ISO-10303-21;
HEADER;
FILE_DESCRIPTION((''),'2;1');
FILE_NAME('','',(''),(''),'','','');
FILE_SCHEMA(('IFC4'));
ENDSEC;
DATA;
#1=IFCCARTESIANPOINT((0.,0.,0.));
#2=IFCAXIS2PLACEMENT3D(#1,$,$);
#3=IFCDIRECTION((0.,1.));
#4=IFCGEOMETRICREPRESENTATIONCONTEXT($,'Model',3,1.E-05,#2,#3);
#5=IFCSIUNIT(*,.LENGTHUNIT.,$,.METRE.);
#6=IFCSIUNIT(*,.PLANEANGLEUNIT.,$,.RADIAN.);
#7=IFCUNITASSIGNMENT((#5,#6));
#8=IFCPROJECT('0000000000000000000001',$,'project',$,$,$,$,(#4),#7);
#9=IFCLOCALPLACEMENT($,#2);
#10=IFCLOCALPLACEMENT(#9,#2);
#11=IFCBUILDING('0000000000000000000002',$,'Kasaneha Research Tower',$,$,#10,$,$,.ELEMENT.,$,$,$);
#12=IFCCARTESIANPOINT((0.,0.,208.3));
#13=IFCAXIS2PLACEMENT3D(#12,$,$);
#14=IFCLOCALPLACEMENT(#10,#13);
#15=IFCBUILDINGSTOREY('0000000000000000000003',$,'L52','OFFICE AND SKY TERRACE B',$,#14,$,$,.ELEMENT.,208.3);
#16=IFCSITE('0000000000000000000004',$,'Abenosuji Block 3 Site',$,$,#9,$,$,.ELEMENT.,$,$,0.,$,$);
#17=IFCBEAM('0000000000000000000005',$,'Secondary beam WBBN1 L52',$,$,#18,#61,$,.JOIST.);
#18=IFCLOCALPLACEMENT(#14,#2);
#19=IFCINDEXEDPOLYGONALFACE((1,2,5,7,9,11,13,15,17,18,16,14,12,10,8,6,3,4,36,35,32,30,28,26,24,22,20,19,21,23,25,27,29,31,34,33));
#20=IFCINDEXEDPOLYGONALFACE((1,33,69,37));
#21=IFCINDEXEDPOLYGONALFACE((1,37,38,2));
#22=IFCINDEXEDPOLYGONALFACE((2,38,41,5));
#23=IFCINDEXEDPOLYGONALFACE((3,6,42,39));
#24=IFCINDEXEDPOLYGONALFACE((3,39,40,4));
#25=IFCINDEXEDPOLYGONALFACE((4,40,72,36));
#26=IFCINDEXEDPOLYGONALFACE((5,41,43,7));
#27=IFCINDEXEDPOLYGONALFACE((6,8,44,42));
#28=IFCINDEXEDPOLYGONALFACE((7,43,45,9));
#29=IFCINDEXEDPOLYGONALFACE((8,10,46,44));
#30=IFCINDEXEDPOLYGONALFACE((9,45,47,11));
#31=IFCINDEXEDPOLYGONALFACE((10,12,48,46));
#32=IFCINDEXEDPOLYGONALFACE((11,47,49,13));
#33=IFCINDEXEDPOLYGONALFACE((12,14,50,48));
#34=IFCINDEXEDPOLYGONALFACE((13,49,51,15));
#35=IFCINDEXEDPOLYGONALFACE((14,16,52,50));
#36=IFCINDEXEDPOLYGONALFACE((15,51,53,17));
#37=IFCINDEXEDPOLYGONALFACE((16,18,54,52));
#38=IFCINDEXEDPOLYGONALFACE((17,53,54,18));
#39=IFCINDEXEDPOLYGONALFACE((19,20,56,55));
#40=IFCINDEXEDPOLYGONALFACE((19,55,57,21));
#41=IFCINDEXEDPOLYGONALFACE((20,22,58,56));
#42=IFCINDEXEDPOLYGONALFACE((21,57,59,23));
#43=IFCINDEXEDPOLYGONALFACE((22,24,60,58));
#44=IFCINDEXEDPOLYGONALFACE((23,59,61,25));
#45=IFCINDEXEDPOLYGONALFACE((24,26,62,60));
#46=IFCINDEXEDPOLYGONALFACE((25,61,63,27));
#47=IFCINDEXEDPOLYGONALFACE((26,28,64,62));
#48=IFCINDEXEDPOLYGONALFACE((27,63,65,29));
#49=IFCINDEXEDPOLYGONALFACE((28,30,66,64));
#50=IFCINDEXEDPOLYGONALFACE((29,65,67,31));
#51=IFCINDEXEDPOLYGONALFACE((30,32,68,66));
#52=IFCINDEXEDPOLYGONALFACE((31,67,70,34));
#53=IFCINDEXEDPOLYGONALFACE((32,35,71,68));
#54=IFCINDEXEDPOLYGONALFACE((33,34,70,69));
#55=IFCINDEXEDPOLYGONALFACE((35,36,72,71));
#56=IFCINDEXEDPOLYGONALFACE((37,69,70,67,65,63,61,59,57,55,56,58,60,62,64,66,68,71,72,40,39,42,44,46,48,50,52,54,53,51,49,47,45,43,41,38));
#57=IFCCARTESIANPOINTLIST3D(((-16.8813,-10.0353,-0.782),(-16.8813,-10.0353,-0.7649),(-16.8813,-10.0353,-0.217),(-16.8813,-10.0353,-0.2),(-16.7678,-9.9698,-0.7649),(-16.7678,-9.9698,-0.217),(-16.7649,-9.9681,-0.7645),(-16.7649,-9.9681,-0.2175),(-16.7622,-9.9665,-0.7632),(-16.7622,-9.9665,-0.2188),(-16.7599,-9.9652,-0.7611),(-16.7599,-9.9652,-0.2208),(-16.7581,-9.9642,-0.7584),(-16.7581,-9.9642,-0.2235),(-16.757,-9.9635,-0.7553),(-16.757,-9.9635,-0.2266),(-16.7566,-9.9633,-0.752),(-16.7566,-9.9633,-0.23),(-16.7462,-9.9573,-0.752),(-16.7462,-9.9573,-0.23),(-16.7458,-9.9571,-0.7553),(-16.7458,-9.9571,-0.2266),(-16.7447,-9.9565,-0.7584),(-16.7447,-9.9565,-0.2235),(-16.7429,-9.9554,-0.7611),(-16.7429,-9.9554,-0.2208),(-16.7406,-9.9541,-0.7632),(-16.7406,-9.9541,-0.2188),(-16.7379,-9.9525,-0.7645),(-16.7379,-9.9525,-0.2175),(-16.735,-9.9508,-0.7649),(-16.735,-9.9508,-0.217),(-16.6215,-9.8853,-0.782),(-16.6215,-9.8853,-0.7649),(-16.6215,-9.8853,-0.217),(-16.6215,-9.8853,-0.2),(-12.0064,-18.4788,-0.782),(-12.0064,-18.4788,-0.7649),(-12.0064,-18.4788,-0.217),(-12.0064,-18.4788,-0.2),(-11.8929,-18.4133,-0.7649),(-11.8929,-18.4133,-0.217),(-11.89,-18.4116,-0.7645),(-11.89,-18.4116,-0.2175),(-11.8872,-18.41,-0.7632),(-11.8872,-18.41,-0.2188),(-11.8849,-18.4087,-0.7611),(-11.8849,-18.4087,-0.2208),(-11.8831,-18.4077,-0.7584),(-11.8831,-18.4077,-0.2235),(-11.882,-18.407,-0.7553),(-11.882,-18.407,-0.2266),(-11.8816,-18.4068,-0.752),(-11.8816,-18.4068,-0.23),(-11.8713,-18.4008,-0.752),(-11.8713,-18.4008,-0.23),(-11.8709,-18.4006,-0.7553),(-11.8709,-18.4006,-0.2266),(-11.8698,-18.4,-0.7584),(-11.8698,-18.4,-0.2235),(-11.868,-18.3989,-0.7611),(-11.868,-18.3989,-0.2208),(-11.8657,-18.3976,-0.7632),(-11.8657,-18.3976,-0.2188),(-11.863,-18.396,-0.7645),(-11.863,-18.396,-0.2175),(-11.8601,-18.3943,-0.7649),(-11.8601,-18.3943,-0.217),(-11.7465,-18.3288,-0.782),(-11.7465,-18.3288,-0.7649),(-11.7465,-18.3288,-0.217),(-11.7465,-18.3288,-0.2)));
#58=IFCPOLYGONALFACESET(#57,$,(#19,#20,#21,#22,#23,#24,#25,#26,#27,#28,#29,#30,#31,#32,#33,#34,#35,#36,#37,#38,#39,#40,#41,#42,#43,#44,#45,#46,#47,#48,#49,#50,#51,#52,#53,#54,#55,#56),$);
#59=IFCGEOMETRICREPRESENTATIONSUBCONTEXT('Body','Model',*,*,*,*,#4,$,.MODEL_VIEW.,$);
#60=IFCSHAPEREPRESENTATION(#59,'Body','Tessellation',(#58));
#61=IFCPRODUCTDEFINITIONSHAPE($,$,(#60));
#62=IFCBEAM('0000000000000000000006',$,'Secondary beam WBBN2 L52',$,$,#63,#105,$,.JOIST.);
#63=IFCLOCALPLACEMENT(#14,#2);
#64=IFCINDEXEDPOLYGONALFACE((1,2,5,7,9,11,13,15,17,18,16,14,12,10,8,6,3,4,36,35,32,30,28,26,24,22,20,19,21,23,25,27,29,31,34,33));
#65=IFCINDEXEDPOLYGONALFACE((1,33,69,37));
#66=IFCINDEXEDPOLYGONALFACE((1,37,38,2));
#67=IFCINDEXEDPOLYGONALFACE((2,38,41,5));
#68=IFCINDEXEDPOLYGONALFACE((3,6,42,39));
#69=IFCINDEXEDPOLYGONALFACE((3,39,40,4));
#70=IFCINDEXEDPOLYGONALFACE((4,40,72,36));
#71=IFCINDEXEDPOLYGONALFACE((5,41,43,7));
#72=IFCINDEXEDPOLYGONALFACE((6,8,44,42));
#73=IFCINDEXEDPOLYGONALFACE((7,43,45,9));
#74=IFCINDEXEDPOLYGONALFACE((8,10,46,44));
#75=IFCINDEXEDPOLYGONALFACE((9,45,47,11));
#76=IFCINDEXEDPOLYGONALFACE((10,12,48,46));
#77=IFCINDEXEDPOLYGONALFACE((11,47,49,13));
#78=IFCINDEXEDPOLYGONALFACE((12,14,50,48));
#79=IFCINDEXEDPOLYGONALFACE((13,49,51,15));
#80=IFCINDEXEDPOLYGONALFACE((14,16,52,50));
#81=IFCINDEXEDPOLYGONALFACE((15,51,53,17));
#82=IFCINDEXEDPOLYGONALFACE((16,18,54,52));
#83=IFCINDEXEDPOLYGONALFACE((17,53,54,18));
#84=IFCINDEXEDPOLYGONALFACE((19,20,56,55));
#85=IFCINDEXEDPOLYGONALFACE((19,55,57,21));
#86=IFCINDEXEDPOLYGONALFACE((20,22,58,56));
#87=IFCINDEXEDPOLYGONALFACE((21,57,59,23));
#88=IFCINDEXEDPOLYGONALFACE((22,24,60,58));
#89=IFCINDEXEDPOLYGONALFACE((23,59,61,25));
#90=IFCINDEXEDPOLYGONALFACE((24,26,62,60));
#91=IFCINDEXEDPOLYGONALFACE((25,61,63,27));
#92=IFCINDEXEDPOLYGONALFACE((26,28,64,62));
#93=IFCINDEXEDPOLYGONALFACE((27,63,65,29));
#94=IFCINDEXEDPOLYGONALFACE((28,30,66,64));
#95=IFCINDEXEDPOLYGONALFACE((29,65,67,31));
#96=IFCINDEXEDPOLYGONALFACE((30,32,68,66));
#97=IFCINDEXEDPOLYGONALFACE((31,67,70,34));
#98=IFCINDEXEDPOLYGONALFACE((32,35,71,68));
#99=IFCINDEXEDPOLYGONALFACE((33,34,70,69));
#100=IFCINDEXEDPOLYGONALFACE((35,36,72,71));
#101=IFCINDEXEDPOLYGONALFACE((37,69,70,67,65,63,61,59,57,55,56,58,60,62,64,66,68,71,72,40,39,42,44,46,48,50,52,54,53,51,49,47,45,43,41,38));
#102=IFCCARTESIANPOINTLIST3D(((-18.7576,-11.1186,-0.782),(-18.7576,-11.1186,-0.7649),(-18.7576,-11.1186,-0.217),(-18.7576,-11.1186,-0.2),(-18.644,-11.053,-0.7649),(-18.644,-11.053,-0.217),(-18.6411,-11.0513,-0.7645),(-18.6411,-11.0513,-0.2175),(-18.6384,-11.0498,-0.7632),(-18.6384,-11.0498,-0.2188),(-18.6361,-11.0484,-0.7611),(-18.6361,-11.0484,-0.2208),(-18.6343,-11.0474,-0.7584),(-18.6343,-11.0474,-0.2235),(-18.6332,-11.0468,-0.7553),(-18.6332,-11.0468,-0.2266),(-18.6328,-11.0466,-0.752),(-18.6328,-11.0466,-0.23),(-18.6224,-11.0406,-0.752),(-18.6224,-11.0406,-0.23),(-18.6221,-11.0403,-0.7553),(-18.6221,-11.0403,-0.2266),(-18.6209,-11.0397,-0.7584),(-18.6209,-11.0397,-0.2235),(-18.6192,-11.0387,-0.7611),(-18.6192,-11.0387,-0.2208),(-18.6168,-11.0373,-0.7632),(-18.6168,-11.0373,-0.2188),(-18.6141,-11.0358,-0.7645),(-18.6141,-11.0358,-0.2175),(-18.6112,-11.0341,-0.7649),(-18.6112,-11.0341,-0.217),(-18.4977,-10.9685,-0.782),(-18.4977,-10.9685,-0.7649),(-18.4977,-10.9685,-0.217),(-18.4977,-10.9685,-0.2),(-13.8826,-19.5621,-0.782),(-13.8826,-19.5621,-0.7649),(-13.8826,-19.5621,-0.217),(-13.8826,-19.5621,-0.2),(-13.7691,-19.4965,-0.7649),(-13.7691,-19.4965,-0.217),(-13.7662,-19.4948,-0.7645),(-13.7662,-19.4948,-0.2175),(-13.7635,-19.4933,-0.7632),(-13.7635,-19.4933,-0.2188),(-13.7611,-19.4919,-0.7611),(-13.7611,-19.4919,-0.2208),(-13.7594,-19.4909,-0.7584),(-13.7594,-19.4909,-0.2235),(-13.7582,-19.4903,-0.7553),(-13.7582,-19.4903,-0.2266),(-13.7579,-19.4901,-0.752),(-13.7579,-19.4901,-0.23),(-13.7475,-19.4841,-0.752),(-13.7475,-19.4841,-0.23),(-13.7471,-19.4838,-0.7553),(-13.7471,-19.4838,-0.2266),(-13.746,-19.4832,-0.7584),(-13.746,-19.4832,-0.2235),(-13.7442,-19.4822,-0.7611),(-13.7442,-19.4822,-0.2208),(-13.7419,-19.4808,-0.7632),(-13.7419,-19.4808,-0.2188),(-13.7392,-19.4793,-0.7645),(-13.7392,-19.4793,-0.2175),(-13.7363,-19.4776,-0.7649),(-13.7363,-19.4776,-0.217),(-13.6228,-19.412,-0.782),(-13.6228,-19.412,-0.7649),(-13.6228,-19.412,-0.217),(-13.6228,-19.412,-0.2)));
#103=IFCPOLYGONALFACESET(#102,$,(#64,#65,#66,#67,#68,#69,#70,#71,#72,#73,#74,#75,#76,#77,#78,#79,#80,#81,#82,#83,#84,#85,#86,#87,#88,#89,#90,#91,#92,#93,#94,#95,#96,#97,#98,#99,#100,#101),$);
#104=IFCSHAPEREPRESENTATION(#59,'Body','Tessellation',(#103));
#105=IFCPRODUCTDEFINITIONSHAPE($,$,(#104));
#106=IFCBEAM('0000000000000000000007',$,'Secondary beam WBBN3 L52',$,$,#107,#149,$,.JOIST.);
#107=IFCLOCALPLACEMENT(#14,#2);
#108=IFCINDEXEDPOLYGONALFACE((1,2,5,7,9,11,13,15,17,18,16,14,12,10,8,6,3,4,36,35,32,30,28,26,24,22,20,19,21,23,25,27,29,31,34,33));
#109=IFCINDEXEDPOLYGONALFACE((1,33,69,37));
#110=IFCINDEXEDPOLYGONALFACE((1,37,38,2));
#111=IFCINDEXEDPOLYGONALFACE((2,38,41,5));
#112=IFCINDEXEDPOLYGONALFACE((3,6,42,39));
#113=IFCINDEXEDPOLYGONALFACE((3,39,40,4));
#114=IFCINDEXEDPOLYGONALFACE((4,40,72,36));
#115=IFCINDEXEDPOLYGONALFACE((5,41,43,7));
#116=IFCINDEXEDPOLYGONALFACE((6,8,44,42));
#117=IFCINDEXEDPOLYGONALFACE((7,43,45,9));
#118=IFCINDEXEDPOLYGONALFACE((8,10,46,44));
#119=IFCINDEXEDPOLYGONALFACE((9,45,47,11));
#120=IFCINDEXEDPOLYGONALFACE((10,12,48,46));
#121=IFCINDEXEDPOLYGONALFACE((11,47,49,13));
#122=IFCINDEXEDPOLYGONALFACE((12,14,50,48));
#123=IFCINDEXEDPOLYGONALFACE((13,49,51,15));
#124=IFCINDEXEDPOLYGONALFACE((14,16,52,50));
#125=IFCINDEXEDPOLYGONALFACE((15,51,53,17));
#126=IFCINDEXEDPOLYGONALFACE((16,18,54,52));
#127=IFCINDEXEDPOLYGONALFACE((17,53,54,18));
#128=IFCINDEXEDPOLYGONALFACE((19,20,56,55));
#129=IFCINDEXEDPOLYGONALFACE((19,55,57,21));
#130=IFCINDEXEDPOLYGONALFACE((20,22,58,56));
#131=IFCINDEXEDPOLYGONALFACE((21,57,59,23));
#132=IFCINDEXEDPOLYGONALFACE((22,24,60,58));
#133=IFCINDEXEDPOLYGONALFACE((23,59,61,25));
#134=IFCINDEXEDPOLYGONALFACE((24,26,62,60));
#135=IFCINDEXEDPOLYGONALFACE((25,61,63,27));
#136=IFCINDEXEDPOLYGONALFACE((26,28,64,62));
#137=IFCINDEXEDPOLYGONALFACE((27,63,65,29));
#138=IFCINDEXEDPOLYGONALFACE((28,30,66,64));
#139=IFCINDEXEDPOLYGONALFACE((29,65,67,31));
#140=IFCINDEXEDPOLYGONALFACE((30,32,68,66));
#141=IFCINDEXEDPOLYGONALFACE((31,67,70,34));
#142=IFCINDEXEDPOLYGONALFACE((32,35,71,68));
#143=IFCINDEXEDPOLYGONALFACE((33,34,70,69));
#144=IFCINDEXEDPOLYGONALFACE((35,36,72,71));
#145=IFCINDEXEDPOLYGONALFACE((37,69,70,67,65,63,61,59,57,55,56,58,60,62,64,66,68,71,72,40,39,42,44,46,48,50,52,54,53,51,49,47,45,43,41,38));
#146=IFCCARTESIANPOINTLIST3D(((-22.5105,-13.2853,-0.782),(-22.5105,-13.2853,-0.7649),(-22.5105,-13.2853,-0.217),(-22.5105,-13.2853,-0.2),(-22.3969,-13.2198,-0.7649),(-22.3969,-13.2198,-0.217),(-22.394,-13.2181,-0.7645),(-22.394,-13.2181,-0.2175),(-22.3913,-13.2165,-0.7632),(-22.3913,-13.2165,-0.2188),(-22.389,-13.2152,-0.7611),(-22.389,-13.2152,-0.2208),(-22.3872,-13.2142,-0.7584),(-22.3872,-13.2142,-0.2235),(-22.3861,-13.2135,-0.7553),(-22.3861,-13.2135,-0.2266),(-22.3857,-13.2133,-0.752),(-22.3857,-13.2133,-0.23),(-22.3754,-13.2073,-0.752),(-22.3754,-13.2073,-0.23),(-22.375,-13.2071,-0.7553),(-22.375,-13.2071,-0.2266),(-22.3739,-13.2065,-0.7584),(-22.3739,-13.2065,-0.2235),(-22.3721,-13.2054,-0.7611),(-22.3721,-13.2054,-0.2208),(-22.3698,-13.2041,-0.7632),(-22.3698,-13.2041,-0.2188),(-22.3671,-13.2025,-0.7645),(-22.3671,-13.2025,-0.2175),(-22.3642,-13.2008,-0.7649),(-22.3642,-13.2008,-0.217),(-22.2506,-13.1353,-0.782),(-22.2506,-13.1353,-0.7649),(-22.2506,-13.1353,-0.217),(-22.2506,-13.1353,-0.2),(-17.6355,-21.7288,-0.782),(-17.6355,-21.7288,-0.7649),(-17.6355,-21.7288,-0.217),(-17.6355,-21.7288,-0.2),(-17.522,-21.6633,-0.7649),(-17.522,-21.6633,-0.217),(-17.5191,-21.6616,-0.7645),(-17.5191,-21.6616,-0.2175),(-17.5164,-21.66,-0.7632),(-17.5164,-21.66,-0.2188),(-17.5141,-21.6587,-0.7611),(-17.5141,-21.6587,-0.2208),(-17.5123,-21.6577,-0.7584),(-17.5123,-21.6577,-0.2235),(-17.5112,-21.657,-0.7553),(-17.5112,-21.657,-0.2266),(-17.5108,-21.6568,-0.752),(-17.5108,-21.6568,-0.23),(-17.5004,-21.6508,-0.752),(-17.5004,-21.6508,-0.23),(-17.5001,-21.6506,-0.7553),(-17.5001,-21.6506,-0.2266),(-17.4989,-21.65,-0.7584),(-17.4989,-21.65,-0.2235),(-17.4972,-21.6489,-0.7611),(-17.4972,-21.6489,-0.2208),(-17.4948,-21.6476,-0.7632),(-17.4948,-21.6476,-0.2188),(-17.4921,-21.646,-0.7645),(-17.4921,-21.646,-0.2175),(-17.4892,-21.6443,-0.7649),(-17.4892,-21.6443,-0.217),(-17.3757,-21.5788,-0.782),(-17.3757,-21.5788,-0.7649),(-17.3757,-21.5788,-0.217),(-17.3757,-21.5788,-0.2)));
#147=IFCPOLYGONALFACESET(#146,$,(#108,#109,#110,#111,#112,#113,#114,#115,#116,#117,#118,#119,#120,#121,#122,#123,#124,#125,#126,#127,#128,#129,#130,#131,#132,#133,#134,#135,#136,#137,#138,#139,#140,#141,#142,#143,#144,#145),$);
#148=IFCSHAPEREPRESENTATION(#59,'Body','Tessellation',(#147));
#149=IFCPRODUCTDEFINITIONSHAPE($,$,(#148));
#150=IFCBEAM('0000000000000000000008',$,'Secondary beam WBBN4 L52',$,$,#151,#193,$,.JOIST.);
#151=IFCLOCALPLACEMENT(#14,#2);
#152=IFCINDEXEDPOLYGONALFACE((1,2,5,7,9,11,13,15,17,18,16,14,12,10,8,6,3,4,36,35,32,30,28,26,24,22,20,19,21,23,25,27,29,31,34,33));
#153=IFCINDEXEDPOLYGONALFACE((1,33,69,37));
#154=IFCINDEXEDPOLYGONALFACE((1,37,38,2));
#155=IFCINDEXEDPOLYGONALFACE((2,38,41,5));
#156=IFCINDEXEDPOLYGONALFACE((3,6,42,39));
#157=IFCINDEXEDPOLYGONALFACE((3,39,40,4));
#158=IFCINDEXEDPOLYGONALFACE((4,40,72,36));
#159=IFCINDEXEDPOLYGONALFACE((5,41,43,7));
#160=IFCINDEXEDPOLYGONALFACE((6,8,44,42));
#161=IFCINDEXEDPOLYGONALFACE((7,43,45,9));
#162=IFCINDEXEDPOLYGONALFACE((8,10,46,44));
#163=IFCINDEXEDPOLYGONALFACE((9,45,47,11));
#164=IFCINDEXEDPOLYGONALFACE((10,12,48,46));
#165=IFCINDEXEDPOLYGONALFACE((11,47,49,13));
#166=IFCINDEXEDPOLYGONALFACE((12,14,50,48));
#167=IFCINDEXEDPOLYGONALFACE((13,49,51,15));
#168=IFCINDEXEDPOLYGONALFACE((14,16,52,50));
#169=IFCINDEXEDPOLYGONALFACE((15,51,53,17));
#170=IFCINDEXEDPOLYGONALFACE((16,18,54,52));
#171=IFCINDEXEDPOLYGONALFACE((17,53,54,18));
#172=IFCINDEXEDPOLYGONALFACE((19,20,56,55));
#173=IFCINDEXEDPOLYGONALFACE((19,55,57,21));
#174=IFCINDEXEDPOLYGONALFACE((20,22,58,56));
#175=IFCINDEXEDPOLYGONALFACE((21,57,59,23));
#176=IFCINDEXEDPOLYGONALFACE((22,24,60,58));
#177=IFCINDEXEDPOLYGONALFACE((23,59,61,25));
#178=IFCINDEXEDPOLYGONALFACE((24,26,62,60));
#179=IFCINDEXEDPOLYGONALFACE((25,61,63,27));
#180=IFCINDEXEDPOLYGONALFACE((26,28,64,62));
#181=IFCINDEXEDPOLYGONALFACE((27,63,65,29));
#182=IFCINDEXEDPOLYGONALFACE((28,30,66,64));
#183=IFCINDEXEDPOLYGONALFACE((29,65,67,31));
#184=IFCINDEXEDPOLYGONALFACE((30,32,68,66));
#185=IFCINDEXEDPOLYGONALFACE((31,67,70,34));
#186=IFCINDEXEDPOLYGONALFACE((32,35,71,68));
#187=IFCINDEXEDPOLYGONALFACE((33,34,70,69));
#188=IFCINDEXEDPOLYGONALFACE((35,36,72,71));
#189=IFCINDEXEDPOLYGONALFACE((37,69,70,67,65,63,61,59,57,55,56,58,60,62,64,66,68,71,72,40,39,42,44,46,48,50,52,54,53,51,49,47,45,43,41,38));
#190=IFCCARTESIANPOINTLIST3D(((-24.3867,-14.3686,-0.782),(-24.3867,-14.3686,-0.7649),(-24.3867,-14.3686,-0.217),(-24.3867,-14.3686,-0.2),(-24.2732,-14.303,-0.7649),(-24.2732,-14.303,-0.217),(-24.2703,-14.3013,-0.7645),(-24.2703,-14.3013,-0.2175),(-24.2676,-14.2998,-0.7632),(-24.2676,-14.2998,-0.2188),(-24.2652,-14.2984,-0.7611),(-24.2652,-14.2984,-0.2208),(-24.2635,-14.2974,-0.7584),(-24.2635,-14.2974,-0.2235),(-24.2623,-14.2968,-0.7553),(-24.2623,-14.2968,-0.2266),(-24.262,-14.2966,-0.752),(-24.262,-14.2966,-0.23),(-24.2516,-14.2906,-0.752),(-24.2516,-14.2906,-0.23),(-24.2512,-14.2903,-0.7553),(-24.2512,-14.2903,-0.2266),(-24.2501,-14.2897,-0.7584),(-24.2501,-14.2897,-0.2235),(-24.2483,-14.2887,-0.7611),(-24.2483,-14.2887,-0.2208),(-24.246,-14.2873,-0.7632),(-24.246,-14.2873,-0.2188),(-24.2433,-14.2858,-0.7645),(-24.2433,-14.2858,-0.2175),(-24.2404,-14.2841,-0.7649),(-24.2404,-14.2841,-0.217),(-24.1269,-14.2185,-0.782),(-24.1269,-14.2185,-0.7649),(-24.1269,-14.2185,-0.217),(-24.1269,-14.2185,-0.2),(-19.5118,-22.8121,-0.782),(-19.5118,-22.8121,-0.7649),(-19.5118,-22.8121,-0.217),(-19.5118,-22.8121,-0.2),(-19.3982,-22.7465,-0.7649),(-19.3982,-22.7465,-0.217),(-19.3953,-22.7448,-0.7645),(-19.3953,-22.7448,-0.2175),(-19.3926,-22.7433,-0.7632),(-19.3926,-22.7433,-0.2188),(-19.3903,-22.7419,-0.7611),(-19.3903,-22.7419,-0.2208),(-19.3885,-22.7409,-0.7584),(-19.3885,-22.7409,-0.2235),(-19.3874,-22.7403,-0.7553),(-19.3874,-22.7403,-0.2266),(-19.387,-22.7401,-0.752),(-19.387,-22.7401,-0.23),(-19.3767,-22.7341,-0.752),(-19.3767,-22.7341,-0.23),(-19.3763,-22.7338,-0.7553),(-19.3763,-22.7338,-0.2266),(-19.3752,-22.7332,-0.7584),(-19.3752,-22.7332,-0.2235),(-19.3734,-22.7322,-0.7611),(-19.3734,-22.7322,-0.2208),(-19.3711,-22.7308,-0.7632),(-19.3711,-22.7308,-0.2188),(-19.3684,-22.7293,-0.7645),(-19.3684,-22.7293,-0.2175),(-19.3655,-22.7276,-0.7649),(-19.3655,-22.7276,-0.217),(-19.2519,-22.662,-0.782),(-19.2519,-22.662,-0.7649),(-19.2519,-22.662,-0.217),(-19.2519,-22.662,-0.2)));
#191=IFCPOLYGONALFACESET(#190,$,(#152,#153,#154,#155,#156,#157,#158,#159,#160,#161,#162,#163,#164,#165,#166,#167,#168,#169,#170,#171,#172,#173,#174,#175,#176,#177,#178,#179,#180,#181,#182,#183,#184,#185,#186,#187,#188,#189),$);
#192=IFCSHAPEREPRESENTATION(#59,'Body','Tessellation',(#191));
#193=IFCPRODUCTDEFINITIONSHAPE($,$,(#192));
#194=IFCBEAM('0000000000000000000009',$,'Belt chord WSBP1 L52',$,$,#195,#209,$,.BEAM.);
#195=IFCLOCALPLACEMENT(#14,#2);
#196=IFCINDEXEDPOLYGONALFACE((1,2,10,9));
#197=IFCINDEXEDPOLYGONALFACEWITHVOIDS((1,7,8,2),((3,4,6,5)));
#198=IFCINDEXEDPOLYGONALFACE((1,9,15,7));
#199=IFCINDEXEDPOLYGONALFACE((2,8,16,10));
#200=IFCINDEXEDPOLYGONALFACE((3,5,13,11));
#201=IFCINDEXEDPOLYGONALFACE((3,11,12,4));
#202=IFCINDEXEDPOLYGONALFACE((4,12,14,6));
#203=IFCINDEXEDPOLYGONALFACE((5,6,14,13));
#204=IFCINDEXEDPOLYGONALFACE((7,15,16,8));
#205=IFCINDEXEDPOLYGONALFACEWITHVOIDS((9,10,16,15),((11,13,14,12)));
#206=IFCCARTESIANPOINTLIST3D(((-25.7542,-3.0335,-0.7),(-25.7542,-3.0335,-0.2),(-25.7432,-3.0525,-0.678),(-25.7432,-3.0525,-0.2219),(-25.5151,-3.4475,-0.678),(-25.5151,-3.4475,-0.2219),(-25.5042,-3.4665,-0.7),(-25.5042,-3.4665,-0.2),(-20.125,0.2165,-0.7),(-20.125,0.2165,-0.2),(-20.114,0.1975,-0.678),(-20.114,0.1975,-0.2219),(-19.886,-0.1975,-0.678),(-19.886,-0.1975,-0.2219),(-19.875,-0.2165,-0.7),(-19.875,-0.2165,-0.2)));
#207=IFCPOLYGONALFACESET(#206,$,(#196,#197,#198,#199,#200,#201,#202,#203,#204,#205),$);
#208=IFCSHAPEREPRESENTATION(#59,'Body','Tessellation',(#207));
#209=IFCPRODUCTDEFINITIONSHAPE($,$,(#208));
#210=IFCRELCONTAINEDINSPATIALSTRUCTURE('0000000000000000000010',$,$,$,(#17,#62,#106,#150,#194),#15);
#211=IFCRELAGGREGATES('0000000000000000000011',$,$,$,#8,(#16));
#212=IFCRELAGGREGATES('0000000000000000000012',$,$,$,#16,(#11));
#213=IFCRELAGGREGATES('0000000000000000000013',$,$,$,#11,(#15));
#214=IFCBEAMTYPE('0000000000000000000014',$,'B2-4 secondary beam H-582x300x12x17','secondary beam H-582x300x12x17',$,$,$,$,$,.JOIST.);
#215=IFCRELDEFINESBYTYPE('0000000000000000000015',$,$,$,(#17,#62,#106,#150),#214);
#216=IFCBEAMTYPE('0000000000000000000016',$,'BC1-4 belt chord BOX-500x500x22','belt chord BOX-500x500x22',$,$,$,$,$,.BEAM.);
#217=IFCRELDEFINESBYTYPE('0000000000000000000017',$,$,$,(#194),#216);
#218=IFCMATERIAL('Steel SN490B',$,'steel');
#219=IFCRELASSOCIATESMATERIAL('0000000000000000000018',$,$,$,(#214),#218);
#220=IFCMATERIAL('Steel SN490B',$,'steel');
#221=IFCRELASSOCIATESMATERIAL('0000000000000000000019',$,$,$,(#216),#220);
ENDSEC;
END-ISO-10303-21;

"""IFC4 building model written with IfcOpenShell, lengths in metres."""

from ifc_helpers import new_model, si_unit, direction, frame, origin, origin_2d, place, context, subcontext, project, spatial, hollow_rectangle, i_section, extrude, material, material_profile, profile_set, type_object, element, save


model = new_model("IFC4")

# Units and contexts
model_context = context("Model", 3, precision=1e-05, world=origin(), true_north=direction((0.0, 1.0)))
body_context = subcontext(model_context, "Body", "Model", "MODEL_VIEW")
ifc_project = project(units=[si_unit("LENGTHUNIT", "METRE"), si_unit("PLANEANGLEUNIT", "RADIAN")], contexts=[model_context])

# Site, building, storey
site_placement = place(None, origin())
site = spatial("IfcSite", under=ifc_project, at=site_placement, Name="Abenosuji Block 3 Site", CompositionType="ELEMENT", RefElevation=0.0)
building_placement = place(site_placement, origin())
building = spatial("IfcBuilding", under=site, at=building_placement, Name="Kasaneha Research Tower", CompositionType="ELEMENT")
storey_placement = place(building_placement, frame((0.0, 0.0, 208.3)))
storey = spatial("IfcBuildingStorey", under=building, at=storey_placement, Name="L52", Description="OFFICE AND SKY TERRACE B", CompositionType="ELEMENT", Elevation=208.3)

# Beams
ifc_material_1 = material(Name="Steel SN490B", Category="steel")
ifc_material_profile_1 = material_profile(ifc_material_1, i_section(OverallWidth=0.3, OverallDepth=0.582, WebThickness=0.012, FlangeThickness=0.0171, FilletRadius=0.0129, at=origin_2d()), Name="H-582x300x12x17")
ifc_profile_set_1 = profile_set([ifc_material_profile_1], Name="Steel SN490B")
beam_type_1 = type_object("IfcBeamType", Name="B2-4 secondary beam H-582x300x12x17", Description="secondary beam H-582x300x12x17", PredefinedType="JOIST", material=ifc_profile_set_1)
for number, where, z_axis, x_axis, name in (
    (1, (-11.8765, -18.4038, -0.491), (-0.500006, 0.866022, 0.0), (-0.866022, -0.500006, 0.0), "Secondary beam WBBN1 L52"),
    (2, (-13.7527, -19.4871, -0.491), (-0.500006, 0.866022, 0.0), (-0.866022, -0.500006, 0.0), "Secondary beam WBBN2 L52"),
    (3, (-17.5056, -21.6538, -0.491), (-0.500006, 0.866022, 0.0), (-0.866022, -0.500006, 0.0), "Secondary beam WBBN3 L52"),
    (4, (-19.3818, -22.7371, -0.491), (-0.500006, 0.866022, 0.0), (-0.866022, -0.500006, 0.0), "Secondary beam WBBN4 L52"),
):
    element("IfcBeam", number, at=place(storey_placement, frame(where, z_axis=z_axis, x_axis=x_axis)), inside=storey, type_object=beam_type_1, Name=name, PredefinedType="JOIST", context=body_context, shape_type="SweptSolid", body=[
        extrude(i_section(OverallWidth=0.3, OverallDepth=0.582, WebThickness=0.012, FlangeThickness=0.0171, FilletRadius=0.0129, at=origin_2d()), origin(), (0.0, 0.0, 1.0), 9.7498),
    ])
ifc_material_2 = material(Name="Steel SN490B", Category="steel")
ifc_material_profile_2 = material_profile(ifc_material_2, hollow_rectangle(XDim=0.5, YDim=0.5, WallThickness=0.022, at=origin_2d()), Name="BOX-500x500x22")
ifc_profile_set_2 = profile_set([ifc_material_profile_2], Name="Steel SN490B")
beam_type_2 = type_object("IfcBeamType", Name="BC1-4 belt chord BOX-500x500x22", Description="belt chord BOX-500x500x22", PredefinedType="BEAM", material=ifc_profile_set_2)
for number, where, z_axis, x_axis, name in (
    (5, (-20.0, 0.0, -0.45), (-0.866025, -0.500001, 0.0), (0.500001, -0.866025, 0.0), "Belt chord WSBP1 L52"),
):
    element("IfcBeam", number, at=place(storey_placement, frame(where, z_axis=z_axis, x_axis=x_axis)), inside=storey, type_object=beam_type_2, Name=name, PredefinedType="BEAM", context=body_context, shape_type="SweptSolid", body=[
        extrude(hollow_rectangle(XDim=0.5, YDim=0.5, WallThickness=0.022, at=origin_2d()), origin(), (0.0, 0.0, 1.0), 6.5),
    ])

save(model, "model.ifc")
